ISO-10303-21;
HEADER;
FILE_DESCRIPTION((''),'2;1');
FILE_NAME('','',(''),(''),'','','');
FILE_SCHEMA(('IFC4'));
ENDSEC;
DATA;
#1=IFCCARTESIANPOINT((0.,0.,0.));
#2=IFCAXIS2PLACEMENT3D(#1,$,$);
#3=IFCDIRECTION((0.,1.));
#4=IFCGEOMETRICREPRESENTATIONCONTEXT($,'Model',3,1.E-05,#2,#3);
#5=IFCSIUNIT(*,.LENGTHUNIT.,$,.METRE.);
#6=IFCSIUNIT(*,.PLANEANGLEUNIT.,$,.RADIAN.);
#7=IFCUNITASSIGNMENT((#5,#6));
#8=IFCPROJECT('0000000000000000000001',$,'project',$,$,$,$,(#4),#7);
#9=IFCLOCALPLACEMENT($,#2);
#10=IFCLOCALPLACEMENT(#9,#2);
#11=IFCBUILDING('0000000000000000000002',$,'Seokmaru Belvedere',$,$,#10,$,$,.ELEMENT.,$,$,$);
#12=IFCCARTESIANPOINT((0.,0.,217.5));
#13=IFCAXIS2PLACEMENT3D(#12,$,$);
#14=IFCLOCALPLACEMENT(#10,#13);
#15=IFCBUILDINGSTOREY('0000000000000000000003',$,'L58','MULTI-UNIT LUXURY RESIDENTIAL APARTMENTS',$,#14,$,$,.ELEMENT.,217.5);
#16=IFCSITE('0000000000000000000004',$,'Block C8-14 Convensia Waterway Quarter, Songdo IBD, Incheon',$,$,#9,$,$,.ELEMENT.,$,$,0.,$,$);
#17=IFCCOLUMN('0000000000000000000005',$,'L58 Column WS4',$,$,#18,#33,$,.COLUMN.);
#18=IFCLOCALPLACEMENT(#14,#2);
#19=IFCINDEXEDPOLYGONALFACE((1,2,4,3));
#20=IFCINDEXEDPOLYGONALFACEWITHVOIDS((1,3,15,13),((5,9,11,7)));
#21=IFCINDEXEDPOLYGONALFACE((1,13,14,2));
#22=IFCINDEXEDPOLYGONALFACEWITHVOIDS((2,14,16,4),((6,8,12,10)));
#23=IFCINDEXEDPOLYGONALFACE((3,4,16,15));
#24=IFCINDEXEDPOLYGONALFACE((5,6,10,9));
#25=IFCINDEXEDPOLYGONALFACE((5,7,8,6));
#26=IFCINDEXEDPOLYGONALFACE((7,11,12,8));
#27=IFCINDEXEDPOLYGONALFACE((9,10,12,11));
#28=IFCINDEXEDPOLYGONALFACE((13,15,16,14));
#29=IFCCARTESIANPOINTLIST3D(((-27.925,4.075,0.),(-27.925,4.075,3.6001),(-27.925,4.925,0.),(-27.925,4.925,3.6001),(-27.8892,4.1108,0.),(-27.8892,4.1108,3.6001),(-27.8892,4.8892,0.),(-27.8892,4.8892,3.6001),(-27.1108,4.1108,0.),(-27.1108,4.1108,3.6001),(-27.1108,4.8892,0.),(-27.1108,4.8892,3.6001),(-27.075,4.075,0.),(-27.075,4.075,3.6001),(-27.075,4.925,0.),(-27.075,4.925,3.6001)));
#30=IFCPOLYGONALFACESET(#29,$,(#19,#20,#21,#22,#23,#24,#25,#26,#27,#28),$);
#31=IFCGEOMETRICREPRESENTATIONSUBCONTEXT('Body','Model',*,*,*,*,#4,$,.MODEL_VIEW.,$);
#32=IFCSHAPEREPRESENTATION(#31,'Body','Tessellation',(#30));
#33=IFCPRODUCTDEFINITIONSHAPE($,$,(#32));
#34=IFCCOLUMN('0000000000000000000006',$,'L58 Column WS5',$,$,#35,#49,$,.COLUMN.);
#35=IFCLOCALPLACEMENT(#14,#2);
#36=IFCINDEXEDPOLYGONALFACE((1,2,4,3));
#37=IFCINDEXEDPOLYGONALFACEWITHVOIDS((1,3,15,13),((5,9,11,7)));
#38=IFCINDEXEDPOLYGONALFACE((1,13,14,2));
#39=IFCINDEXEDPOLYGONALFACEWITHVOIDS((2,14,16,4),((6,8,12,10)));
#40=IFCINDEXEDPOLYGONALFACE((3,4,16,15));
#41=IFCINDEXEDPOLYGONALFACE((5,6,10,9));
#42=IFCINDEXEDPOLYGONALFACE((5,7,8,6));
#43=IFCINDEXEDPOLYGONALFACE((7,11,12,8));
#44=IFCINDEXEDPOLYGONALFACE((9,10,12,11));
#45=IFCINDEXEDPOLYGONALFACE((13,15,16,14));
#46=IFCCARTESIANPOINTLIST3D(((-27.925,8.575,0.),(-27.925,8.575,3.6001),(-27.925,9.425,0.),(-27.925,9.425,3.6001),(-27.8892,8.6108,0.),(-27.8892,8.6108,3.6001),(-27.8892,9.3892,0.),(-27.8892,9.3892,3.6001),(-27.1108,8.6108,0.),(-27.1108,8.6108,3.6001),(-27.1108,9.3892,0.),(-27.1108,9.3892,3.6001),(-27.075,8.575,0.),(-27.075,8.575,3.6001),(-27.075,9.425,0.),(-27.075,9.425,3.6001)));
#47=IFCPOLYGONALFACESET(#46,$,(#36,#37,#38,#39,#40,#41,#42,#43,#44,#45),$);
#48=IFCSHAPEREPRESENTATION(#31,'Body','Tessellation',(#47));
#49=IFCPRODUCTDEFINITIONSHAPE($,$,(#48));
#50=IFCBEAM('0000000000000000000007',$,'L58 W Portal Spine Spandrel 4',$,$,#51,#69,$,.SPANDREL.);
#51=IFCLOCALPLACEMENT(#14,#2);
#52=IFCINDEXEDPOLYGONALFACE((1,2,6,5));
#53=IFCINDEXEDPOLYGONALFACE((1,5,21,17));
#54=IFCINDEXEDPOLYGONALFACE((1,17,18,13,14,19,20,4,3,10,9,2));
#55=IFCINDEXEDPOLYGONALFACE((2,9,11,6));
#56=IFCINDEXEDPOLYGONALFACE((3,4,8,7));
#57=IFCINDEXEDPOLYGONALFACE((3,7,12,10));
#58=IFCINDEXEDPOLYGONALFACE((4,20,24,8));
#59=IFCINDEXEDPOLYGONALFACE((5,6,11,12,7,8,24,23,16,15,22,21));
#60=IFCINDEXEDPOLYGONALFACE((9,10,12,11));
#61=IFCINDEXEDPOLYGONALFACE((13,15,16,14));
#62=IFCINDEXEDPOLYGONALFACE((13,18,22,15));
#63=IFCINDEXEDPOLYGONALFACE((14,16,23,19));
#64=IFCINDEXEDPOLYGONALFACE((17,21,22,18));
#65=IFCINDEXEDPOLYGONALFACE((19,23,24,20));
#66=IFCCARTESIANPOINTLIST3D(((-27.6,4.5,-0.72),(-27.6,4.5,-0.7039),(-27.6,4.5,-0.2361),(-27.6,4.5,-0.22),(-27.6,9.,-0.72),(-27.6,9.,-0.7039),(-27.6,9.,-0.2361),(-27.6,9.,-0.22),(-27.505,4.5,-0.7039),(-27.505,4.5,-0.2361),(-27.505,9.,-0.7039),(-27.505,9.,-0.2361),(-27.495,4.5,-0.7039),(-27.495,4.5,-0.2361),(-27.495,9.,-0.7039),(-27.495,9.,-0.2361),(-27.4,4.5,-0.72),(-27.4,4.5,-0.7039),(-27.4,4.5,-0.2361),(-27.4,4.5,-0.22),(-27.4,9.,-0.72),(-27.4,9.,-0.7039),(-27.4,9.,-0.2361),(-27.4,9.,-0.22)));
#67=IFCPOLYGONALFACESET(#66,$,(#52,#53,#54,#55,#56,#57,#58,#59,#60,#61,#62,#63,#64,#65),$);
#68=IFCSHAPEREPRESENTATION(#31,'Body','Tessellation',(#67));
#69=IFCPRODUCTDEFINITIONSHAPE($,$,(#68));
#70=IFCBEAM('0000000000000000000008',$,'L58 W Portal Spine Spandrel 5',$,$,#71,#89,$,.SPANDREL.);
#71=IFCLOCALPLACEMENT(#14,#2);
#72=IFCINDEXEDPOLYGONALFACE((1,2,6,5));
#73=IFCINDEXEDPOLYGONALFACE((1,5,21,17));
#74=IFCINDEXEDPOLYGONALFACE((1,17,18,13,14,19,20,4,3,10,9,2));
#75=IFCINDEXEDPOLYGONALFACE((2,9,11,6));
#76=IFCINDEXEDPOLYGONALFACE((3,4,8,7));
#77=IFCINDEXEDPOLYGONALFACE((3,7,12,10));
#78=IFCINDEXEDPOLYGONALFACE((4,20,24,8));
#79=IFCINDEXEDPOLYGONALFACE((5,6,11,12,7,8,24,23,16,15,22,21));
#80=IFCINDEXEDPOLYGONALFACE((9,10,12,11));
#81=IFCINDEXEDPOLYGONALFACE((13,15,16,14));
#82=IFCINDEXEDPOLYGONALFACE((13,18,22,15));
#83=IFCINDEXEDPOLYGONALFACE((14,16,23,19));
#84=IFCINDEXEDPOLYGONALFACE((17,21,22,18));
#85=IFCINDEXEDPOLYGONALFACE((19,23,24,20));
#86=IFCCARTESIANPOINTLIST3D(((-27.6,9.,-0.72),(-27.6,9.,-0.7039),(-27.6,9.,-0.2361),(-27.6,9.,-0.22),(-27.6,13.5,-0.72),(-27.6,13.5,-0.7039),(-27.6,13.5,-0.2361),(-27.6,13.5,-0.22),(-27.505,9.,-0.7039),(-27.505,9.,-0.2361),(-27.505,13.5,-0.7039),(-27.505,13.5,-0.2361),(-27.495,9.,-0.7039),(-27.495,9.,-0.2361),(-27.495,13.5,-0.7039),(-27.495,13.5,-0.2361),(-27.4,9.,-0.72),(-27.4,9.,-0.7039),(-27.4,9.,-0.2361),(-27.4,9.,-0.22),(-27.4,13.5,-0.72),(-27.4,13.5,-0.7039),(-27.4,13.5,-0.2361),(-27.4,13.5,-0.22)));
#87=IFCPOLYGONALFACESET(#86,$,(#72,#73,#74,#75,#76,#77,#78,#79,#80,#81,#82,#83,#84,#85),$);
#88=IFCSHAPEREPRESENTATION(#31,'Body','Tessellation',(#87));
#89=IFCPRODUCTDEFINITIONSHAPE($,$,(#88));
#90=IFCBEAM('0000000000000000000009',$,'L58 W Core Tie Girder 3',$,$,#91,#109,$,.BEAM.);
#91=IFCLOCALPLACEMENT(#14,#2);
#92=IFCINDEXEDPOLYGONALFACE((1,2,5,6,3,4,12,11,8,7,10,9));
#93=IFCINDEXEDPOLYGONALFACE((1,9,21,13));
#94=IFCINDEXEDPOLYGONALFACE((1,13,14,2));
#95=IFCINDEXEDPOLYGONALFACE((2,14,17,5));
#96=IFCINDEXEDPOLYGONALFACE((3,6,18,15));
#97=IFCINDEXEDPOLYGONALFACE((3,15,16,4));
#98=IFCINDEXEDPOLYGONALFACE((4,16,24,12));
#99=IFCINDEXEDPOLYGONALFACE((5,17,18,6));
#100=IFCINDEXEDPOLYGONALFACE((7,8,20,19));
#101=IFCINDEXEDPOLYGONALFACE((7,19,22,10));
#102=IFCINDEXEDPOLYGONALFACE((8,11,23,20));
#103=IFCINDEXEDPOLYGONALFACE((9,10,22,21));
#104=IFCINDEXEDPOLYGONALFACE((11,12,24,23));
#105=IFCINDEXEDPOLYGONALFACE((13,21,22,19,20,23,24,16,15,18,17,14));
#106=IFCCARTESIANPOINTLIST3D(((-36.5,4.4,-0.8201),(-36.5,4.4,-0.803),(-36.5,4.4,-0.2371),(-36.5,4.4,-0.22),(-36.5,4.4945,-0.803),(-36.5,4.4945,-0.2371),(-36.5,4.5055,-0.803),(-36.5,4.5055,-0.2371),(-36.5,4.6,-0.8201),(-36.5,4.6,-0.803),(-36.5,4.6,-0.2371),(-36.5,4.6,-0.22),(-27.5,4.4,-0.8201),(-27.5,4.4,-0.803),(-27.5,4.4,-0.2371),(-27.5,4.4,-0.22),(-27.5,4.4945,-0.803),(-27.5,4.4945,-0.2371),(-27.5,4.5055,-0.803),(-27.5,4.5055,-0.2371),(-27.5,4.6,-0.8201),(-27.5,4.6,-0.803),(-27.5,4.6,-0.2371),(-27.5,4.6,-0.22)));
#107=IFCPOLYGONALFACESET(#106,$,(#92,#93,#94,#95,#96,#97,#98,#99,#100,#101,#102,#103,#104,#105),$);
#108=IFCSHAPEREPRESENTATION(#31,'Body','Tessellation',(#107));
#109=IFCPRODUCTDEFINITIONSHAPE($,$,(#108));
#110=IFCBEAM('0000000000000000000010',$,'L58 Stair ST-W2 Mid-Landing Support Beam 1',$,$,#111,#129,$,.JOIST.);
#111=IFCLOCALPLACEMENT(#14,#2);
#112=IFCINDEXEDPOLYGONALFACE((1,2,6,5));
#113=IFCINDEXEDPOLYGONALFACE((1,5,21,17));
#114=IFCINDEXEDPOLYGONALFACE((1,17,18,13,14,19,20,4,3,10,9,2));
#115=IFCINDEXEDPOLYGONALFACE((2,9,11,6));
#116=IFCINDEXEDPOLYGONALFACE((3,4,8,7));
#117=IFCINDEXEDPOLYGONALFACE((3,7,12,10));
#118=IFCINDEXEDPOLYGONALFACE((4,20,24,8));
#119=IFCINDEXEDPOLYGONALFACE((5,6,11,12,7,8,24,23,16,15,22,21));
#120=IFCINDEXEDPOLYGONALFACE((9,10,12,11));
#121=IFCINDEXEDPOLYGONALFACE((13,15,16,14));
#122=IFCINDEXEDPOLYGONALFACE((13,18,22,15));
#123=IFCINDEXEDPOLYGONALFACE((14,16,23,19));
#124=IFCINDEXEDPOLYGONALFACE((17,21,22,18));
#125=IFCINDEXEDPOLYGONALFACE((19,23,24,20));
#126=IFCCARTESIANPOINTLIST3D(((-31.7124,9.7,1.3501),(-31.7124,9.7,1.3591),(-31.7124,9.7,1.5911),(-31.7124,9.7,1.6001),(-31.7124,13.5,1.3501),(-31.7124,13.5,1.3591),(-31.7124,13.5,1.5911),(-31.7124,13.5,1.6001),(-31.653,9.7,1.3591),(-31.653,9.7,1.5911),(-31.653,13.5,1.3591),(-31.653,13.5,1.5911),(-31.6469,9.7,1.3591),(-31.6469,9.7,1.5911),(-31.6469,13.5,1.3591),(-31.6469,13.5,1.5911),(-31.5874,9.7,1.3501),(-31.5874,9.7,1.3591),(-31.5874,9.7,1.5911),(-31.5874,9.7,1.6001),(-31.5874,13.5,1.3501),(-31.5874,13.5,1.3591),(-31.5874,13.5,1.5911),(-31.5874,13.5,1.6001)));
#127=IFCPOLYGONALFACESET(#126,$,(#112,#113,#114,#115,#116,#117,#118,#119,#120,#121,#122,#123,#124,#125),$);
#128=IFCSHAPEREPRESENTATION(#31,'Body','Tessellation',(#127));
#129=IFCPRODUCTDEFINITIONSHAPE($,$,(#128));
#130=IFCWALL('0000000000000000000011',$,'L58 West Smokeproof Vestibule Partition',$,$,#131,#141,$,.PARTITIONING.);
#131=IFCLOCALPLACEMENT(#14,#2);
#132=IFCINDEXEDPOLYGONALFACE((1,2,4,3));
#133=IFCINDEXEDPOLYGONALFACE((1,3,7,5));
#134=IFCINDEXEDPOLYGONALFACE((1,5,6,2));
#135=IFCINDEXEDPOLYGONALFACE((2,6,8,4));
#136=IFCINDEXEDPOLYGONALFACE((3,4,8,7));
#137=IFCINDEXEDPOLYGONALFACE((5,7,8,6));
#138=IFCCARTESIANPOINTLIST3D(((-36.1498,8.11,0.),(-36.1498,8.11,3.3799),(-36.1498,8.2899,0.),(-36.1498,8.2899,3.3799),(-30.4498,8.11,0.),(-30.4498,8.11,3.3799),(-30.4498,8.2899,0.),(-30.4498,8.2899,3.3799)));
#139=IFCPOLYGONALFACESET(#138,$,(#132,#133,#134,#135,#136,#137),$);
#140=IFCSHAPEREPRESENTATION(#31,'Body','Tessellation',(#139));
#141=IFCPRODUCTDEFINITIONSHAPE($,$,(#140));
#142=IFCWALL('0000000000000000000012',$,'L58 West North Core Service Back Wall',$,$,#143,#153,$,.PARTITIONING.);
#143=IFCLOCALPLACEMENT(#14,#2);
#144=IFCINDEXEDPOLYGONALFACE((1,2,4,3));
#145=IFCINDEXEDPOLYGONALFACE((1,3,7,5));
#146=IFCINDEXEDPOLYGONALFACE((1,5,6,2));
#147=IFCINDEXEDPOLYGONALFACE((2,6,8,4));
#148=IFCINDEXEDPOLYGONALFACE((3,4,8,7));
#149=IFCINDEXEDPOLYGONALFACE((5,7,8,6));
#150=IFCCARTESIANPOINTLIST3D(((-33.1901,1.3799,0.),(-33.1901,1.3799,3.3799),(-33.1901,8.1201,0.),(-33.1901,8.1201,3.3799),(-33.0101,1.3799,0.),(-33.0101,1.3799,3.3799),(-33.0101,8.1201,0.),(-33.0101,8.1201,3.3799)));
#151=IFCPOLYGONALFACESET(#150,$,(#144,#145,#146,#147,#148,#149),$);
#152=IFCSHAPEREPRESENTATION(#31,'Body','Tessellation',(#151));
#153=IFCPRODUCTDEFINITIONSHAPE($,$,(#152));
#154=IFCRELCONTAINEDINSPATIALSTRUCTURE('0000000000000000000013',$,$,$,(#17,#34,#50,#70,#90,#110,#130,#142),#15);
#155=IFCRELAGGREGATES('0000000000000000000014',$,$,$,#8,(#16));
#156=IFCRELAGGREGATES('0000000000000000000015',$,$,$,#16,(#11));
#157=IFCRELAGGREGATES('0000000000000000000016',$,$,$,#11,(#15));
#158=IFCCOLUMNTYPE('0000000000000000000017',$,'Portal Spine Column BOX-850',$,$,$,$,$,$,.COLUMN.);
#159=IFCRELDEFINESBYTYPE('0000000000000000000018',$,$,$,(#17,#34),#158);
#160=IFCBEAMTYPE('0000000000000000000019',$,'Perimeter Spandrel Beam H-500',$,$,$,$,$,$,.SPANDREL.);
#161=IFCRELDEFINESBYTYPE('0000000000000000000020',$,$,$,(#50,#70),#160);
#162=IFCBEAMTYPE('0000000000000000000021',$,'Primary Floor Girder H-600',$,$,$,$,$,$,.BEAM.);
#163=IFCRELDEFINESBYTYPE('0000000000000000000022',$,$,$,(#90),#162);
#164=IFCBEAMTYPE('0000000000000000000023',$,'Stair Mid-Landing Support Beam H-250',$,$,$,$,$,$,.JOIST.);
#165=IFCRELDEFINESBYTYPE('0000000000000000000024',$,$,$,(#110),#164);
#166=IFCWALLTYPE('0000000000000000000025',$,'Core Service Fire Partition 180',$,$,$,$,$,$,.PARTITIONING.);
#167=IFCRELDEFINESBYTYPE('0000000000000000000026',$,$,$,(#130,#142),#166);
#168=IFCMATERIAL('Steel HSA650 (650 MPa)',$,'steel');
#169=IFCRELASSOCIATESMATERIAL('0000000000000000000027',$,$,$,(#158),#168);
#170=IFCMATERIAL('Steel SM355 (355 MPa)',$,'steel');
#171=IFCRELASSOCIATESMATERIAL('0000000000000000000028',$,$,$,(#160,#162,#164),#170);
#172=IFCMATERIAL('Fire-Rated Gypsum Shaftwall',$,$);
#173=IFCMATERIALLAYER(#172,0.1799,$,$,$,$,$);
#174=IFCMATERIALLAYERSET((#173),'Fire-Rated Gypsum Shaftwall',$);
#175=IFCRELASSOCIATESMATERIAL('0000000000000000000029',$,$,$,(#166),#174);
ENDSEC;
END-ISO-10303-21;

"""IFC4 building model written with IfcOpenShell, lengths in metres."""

from ifc_helpers import new_model, si_unit, direction, frame, frame_2d, origin, origin_2d, place, context, subcontext, project, spatial, rectangle, hollow_rectangle, i_section, extrude, source, transform, mapped, material, layer, layer_set, material_profile, profile_set, type_object, type_shapes, element, save


model = new_model("IFC4")

# Units and contexts
model_context = context("Model", 3, precision=1e-05, world=origin(), true_north=direction((0.0, 1.0)))
body_context = subcontext(model_context, "Body", "Model", "MODEL_VIEW")
ifc_project = project(units=[si_unit("LENGTHUNIT", "METRE"), si_unit("PLANEANGLEUNIT", "RADIAN")], contexts=[model_context])

# Site, building, storey
site_placement = place(None, origin())
site = spatial("IfcSite", under=ifc_project, at=site_placement, Name="Block C8-14 Convensia Waterway Quarter, Songdo IBD, Incheon", CompositionType="ELEMENT", RefElevation=0.0)
building_placement = place(site_placement, origin())
building = spatial("IfcBuilding", under=site, at=building_placement, Name="Seokmaru Belvedere", CompositionType="ELEMENT")
storey_placement = place(building_placement, frame((0.0, 0.0, 217.5)))
storey = spatial("IfcBuildingStorey", under=building, at=storey_placement, Name="L58", Description="MULTI-UNIT LUXURY RESIDENTIAL APARTMENTS", CompositionType="ELEMENT", Elevation=217.5)

# Columns
ifc_material_1 = material(Name="Steel HSA650 (650 MPa)", Category="steel")
ifc_material_profile_1 = material_profile(ifc_material_1, hollow_rectangle(XDim=0.8501, YDim=0.8501, WallThickness=0.0359, at=origin_2d()), Name="BOX-850x850x36")
ifc_profile_set_1 = profile_set([ifc_material_profile_1], Name="Steel HSA650 (650 MPa)")
column_type = type_object("IfcColumnType", Name="Portal Spine Column BOX-850", PredefinedType="COLUMN", material=ifc_profile_set_1)
shared_shape_1 = source(origin(), body_context, "Body", "SweptSolid", [
    extrude(hollow_rectangle(XDim=0.8501, YDim=0.8501, WallThickness=0.0359, at=origin_2d()), origin(), (0.0, 0.0, 1.0), 3.6001),
])
type_shapes(column_type, [shared_shape_1])
for number, where, z_axis, x_axis, name in (
    (1, (-27.5, 4.5, 0.0), (0.0, 0.0, 1.0), (1.0, 0.0, 0.0), "L58 Column WS4"),
    (2, (-27.5, 9.0, 0.0), (0.0, 0.0, 1.0), (1.0, 0.0, 0.0), "L58 Column WS5"),
):
    element("IfcColumn", number, at=place(storey_placement, frame(where, z_axis=z_axis, x_axis=x_axis)), inside=storey, type_object=column_type, Name=name, PredefinedType="COLUMN", context=body_context, shape_type="MappedRepresentation", body=[
        mapped(shared_shape_1, transform((0.0, 0.0, 0.0), scale=1.0)),
    ])

# Beams
ifc_material_2 = material(Name="Steel SM355 (355 MPa)", Category="steel")
ifc_material_profile_2 = material_profile(ifc_material_2, i_section(OverallWidth=0.2, OverallDepth=0.5, WebThickness=0.01, FlangeThickness=0.0161, at=origin_2d()), Name="H-500x200x10x16")
ifc_profile_set_2 = profile_set([ifc_material_profile_2], Name="Steel SM355 (355 MPa)")
beam_type_1 = type_object("IfcBeamType", Name="Perimeter Spandrel Beam H-500", PredefinedType="SPANDREL", material=ifc_profile_set_2)
shared_shape_2 = source(origin(), body_context, "Body", "SweptSolid", [
    extrude(i_section(OverallWidth=0.2, OverallDepth=0.5, WebThickness=0.01, FlangeThickness=0.0161, at=origin_2d()), origin(), (0.0, 0.0, 1.0), 4.5),
])
type_shapes(beam_type_1, [shared_shape_2])
for number, where, z_axis, x_axis, name in (
    (3, (-27.5, 4.5, -0.47), (0.0, 1.0, 0.0), (-1.0, 0.0, 0.0), "L58 W Portal Spine Spandrel 4"),
    (4, (-27.5, 9.0, -0.47), (0.0, 1.0, 0.0), (-1.0, 0.0, 0.0), "L58 W Portal Spine Spandrel 5"),
):
    element("IfcBeam", number, at=place(storey_placement, frame(where, z_axis=z_axis, x_axis=x_axis)), inside=storey, type_object=beam_type_1, Name=name, PredefinedType="SPANDREL", context=body_context, shape_type="MappedRepresentation", body=[
        mapped(shared_shape_2, transform((0.0, 0.0, 0.0), scale=1.0)),
    ])
ifc_material_profile_3 = material_profile(ifc_material_2, i_section(OverallWidth=0.2, OverallDepth=0.6001, WebThickness=0.011, FlangeThickness=0.0171, at=origin_2d()), Name="H-600x200x11x17")
ifc_profile_set_3 = profile_set([ifc_material_profile_3], Name="Steel SM355 (355 MPa)")
beam_type_2 = type_object("IfcBeamType", Name="Primary Floor Girder H-600", PredefinedType="BEAM", material=ifc_profile_set_3)
shared_shape_3 = source(origin(), body_context, "Body", "SweptSolid", [
    extrude(i_section(OverallWidth=0.2, OverallDepth=0.6001, WebThickness=0.011, FlangeThickness=0.0171, at=origin_2d()), origin(), (0.0, 0.0, 1.0), 9.0),
])
type_shapes(beam_type_2, [shared_shape_3])
beam_1_placement = place(storey_placement, frame((-36.5, 4.5, -0.52), z_axis=(1.0, 0.0, 0.0), x_axis=(0.0, 1.0, 0.0)))
element("IfcBeam", 5, at=beam_1_placement, inside=storey, type_object=beam_type_2, Name="L58 W Core Tie Girder 3", PredefinedType="BEAM", context=body_context, shape_type="MappedRepresentation", body=[
    mapped(shared_shape_3, transform((0.0, 0.0, 0.0), scale=1.0)),
])
ifc_material_profile_4 = material_profile(ifc_material_2, i_section(OverallWidth=0.125, OverallDepth=0.25, WebThickness=0.0061, FlangeThickness=0.009, at=origin_2d()), Name="H-250x125x6x9")
ifc_profile_set_4 = profile_set([ifc_material_profile_4], Name="Steel SM355 (355 MPa)")
beam_type_3 = type_object("IfcBeamType", Name="Stair Mid-Landing Support Beam H-250", PredefinedType="JOIST", material=ifc_profile_set_4)
shared_shape_4 = source(origin(), body_context, "Body", "SweptSolid", [
    extrude(i_section(OverallWidth=0.125, OverallDepth=0.25, WebThickness=0.0061, FlangeThickness=0.009, at=origin_2d()), origin(), (0.0, 0.0, 1.0), 3.8),
])
type_shapes(beam_type_3, [shared_shape_4])
beam_2_placement = place(storey_placement, frame((-31.6499, 9.7, 1.4751), z_axis=(0.0, 1.0, 0.0), x_axis=(-1.0, 0.0, 0.0)))
element("IfcBeam", 6, at=beam_2_placement, inside=storey, type_object=beam_type_3, Name="L58 Stair ST-W2 Mid-Landing Support Beam 1", PredefinedType="JOIST", context=body_context, shape_type="MappedRepresentation", body=[
    mapped(shared_shape_4, transform((0.0, 0.0, 0.0), scale=1.0)),
])

# Walls
ifc_material_3 = material(Name="Fire-Rated Gypsum Shaftwall")
ifc_layer_1 = layer(ifc_material_3, 0.1799)
ifc_layer_set_1 = layer_set([ifc_layer_1], Name="Fire-Rated Gypsum Shaftwall")
wall_type_1 = type_object("IfcWallType", Name="Core Service Fire Partition 180", PredefinedType="PARTITIONING", material=ifc_layer_set_1)
wall_1_placement = place(storey_placement, frame((-36.1499, 8.2, 0.0), z_axis=(0.0, 0.0, 1.0), x_axis=(1.0, 0.0, 0.0)))
element("IfcWall", 7, at=wall_1_placement, inside=storey, type_object=wall_type_1, Name="L58 West Smokeproof Vestibule Partition", PredefinedType="PARTITIONING", context=body_context, shape_type="SweptSolid", body=[
    extrude(rectangle(XDim=5.7, YDim=0.1799, at=frame_2d((2.8501, 0.0))), origin(), (0.0, 0.0, 1.0), 3.3799),
])
wall_2_placement = place(storey_placement, frame((-33.1001, 1.3799, 0.0), z_axis=(0.0, 0.0, 1.0), x_axis=(0.0, 1.0, 0.0)))
element("IfcWall", 8, at=wall_2_placement, inside=storey, type_object=wall_type_1, Name="L58 West North Core Service Back Wall", PredefinedType="PARTITIONING", context=body_context, shape_type="SweptSolid", body=[
    extrude(rectangle(XDim=6.7402, YDim=0.1799, at=frame_2d((3.3701, 0.0))), origin(), (0.0, 0.0, 1.0), 3.3799),
])

save(model, "model.ifc")
